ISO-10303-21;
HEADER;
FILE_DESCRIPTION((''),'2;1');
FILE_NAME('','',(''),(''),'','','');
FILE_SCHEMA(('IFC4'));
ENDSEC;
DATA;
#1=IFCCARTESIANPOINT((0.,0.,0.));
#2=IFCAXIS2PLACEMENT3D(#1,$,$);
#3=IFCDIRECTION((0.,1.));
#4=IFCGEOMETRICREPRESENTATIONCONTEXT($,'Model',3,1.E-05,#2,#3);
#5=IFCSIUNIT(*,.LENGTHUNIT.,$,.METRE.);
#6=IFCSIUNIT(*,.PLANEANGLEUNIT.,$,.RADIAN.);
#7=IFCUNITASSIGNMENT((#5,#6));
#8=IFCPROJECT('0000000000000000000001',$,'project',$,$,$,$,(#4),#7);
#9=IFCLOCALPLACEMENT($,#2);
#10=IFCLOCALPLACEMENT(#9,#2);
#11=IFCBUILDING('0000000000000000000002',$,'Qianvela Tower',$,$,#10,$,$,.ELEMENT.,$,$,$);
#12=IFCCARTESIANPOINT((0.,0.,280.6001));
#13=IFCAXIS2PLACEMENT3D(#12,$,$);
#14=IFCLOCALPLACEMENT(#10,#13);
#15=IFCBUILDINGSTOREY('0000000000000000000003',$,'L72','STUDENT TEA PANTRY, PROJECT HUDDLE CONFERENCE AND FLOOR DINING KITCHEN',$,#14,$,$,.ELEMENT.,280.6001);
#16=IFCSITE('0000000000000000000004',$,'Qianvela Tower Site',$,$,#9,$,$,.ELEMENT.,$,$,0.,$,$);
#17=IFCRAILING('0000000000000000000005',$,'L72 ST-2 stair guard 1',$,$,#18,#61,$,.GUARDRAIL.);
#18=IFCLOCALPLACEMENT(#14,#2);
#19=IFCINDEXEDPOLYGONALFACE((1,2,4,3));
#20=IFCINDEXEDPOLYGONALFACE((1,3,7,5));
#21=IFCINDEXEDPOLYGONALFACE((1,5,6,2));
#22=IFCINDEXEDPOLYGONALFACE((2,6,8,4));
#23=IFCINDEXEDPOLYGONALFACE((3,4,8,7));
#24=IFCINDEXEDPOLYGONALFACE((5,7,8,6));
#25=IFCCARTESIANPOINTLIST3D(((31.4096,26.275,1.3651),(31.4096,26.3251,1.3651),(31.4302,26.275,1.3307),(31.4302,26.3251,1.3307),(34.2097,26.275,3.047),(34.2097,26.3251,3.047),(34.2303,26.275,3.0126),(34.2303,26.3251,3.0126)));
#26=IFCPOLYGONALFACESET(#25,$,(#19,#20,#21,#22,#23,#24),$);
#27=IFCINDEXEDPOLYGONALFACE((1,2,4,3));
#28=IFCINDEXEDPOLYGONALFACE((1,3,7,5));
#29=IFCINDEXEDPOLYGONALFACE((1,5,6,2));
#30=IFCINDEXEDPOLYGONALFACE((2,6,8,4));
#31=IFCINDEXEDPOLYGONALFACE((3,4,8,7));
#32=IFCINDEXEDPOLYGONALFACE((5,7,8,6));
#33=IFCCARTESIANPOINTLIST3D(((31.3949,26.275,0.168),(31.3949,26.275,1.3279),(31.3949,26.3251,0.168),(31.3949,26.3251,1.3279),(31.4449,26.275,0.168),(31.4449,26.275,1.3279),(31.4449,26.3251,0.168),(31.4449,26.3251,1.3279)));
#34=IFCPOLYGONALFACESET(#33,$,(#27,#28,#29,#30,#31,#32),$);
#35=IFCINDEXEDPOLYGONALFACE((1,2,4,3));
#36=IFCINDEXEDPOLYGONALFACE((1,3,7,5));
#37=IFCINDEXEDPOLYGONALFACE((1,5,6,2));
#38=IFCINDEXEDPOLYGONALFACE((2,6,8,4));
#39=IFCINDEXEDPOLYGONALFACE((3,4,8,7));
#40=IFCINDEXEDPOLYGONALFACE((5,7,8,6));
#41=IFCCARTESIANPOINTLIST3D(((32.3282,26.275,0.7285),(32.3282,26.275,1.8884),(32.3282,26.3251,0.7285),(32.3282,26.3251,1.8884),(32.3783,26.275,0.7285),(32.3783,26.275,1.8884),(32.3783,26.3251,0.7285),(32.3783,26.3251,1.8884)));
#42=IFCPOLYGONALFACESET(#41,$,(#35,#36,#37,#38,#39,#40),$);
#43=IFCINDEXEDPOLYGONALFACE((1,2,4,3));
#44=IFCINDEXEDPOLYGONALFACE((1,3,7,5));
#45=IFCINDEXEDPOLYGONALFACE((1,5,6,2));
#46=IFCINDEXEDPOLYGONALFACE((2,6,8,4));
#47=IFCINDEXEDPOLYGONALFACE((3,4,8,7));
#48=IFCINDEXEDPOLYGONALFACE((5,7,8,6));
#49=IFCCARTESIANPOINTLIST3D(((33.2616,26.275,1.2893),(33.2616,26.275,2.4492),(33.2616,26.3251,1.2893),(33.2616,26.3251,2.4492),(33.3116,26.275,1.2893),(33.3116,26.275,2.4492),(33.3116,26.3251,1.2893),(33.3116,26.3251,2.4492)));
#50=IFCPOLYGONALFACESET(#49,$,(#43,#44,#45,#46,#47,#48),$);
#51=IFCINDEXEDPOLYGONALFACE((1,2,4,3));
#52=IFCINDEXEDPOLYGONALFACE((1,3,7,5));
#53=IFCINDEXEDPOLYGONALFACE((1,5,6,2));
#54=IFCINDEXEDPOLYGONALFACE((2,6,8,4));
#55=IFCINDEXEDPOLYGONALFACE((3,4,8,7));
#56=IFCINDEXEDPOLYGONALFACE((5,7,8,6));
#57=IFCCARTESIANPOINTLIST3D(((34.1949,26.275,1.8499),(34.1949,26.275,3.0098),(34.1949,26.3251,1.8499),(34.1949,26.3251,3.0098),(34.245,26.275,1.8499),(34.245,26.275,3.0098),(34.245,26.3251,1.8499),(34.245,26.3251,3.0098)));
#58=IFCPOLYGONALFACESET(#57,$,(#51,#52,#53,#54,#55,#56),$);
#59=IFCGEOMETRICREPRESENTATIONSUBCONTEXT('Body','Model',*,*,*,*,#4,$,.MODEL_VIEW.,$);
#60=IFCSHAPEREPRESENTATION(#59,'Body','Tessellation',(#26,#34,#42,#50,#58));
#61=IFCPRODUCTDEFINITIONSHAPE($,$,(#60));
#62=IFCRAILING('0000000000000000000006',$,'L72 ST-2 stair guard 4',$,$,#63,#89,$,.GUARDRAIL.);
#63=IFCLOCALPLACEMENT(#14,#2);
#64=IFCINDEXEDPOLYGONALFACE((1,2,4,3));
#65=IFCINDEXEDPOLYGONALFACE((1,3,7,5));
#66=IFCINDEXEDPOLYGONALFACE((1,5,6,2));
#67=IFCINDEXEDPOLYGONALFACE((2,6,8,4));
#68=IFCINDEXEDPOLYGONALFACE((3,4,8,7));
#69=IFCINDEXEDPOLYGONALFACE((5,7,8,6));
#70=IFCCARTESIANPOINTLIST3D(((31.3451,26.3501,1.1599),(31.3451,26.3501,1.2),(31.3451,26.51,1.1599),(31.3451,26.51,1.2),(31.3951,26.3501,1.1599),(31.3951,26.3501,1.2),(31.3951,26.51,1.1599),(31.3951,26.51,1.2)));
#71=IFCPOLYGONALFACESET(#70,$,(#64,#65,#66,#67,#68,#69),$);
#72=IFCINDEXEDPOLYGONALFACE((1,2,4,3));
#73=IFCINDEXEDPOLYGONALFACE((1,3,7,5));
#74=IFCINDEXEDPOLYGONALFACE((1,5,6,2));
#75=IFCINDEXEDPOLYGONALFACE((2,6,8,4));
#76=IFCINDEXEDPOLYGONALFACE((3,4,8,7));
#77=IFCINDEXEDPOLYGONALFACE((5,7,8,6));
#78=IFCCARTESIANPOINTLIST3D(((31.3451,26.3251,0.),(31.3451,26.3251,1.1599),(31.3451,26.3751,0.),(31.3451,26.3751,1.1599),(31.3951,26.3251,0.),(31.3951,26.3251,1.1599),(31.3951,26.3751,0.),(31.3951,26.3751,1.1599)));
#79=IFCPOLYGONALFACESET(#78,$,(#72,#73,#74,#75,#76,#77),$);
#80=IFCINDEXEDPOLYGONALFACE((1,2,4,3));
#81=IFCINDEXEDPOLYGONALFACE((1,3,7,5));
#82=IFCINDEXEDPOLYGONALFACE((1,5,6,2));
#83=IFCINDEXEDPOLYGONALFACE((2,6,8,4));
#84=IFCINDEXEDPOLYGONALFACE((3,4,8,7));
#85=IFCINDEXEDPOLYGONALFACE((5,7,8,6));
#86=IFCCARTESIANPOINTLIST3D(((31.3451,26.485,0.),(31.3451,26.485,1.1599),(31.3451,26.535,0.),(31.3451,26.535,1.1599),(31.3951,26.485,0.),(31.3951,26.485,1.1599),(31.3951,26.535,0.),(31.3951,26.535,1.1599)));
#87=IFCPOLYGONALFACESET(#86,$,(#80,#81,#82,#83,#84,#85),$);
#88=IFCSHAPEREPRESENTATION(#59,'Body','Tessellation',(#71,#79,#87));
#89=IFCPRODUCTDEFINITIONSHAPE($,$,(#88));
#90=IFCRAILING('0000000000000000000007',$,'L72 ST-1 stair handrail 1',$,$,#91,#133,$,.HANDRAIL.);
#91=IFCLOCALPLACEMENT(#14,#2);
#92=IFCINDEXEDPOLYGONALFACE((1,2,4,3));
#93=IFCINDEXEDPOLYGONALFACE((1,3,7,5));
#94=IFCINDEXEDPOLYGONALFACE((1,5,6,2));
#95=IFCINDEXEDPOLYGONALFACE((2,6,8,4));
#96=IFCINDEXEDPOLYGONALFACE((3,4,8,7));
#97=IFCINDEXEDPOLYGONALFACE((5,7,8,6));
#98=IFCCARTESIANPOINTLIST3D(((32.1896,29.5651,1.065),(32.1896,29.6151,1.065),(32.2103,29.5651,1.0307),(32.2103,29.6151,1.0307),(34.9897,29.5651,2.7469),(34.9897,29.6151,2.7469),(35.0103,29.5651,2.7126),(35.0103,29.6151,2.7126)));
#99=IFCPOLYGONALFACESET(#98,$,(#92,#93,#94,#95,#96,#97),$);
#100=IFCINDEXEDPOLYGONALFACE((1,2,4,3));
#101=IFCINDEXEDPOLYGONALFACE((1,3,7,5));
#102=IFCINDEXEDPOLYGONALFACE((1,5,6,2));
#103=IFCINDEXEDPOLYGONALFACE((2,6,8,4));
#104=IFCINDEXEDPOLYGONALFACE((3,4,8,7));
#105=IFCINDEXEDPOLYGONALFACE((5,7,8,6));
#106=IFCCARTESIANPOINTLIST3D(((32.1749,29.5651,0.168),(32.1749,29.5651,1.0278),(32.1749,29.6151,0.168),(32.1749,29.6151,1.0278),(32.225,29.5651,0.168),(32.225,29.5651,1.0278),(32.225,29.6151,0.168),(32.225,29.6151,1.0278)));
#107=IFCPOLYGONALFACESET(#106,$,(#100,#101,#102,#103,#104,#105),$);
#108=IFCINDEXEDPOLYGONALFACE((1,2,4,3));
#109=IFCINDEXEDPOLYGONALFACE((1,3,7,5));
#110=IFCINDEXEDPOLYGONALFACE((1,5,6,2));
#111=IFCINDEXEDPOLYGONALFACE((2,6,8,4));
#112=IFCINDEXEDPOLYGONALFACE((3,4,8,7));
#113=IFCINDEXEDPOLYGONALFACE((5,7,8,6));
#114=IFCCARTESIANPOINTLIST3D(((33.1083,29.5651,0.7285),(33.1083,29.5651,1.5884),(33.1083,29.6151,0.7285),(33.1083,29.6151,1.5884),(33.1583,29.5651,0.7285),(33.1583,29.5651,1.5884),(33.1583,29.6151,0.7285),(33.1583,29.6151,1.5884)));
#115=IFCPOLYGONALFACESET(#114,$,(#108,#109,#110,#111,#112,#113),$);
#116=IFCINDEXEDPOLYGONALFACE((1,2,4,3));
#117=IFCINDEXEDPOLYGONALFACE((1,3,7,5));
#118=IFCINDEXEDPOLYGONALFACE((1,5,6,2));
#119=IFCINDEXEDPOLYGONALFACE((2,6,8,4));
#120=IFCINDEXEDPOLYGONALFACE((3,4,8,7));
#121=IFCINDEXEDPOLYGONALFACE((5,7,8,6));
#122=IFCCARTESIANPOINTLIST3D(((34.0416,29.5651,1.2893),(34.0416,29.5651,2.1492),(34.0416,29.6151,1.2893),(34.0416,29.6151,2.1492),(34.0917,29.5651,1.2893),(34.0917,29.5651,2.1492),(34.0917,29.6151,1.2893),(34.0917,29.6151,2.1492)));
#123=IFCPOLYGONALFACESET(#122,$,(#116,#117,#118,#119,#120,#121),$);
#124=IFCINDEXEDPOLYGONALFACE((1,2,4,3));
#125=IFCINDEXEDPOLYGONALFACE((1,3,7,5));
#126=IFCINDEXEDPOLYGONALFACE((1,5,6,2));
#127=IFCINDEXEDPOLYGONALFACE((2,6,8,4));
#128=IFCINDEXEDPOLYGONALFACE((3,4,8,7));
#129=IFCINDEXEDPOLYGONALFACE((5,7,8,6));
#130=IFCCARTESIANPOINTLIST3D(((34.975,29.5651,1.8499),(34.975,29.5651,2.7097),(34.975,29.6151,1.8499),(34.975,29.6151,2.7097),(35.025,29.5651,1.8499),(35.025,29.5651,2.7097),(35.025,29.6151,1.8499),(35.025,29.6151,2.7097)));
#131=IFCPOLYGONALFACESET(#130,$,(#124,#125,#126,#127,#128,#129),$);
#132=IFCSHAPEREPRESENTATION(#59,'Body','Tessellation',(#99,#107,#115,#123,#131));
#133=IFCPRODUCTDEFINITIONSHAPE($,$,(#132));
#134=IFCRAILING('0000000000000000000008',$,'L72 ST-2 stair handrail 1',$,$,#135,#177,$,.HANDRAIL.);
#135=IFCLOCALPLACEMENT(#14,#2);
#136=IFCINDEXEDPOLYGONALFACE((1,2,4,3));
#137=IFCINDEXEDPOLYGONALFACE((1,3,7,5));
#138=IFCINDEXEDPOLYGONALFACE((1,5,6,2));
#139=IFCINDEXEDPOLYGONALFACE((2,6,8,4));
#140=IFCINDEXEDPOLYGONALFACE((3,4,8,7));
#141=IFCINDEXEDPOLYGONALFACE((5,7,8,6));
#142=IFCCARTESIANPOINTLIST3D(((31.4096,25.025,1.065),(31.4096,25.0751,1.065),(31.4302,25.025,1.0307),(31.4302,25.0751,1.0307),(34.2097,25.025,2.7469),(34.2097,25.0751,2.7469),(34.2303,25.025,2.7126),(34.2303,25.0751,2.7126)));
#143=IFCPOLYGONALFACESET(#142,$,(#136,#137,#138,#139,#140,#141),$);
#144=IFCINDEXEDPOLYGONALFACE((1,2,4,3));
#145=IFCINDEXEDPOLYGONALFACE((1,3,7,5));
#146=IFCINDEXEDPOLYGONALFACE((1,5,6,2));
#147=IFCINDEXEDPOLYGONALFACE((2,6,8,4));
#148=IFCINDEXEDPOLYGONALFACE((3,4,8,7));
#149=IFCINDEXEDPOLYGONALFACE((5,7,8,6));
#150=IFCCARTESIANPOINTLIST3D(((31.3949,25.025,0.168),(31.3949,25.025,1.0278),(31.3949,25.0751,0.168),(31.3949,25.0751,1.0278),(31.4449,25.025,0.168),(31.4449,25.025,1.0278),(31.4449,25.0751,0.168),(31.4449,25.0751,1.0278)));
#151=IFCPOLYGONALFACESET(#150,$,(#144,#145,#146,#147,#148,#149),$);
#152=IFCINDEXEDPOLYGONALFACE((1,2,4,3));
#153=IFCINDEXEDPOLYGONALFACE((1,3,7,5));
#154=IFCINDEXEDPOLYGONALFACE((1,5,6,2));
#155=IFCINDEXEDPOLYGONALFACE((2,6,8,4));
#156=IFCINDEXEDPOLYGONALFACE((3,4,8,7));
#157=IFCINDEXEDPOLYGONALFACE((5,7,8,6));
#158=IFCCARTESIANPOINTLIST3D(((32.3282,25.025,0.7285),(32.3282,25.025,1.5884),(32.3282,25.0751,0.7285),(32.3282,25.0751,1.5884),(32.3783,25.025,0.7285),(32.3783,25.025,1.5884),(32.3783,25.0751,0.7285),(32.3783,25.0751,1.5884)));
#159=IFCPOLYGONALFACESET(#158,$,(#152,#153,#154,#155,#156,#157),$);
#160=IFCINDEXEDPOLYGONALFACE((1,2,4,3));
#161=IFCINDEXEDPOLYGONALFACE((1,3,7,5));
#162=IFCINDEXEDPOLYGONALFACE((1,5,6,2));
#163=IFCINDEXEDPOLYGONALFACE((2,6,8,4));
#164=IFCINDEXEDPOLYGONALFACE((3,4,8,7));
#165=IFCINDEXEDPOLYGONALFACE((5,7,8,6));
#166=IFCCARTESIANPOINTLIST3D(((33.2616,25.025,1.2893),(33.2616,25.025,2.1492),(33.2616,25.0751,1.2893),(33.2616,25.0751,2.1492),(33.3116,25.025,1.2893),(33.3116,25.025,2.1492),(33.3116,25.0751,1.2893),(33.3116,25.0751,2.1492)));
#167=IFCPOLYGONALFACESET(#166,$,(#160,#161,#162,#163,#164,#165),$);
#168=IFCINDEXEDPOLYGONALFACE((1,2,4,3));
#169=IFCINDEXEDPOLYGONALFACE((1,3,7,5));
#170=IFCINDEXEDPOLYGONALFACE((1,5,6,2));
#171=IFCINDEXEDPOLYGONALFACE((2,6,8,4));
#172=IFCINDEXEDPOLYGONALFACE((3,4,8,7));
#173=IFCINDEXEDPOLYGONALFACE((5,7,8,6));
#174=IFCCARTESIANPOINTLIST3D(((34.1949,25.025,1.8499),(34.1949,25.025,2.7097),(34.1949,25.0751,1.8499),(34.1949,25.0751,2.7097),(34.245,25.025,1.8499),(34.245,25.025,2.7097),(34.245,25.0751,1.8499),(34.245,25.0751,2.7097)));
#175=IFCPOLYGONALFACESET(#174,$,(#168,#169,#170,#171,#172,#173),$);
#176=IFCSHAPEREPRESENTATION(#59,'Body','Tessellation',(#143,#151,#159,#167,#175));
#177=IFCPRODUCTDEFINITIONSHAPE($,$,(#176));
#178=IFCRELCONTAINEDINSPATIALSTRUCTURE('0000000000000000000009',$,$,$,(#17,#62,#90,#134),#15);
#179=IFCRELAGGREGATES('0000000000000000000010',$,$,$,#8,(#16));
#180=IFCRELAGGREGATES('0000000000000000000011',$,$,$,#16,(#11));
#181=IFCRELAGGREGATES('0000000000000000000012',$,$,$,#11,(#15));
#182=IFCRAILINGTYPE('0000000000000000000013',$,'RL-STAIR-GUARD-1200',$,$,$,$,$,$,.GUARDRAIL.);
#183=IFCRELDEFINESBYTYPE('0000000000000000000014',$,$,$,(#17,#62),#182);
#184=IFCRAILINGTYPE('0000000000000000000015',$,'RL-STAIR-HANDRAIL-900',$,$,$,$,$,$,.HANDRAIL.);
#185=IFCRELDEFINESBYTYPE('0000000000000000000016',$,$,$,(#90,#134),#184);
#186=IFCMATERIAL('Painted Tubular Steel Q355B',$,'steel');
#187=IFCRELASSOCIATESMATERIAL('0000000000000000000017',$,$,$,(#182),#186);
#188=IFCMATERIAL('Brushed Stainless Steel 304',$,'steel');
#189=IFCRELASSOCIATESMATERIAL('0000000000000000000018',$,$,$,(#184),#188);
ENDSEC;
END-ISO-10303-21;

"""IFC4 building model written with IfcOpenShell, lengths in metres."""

from ifc_helpers import new_model, si_unit, direction, frame, origin, origin_2d, place, context, subcontext, project, spatial, rectangle, extrude, material, type_object, element, save


model = new_model("IFC4")

# Units and contexts
model_context = context("Model", 3, precision=1e-05, world=origin(), true_north=direction((0.0, 1.0)))
body_context = subcontext(model_context, "Body", "Model", "MODEL_VIEW")
ifc_project = project(units=[si_unit("LENGTHUNIT", "METRE"), si_unit("PLANEANGLEUNIT", "RADIAN")], contexts=[model_context])

# Site, building, storey
site_placement = place(None, origin())
site = spatial("IfcSite", under=ifc_project, at=site_placement, Name="Qianvela Tower Site", CompositionType="ELEMENT", RefElevation=0.0)
building_placement = place(site_placement, origin())
building = spatial("IfcBuilding", under=site, at=building_placement, Name="Qianvela Tower", CompositionType="ELEMENT")
storey_placement = place(building_placement, frame((0.0, 0.0, 280.6001)))
storey = spatial("IfcBuildingStorey", under=building, at=storey_placement, Name="L72", Description="STUDENT TEA PANTRY, PROJECT HUDDLE CONFERENCE AND FLOOR DINING KITCHEN", CompositionType="ELEMENT", Elevation=280.6001)

# Railings
ifc_material_1 = material(Name="Painted Tubular Steel Q355B", Category="steel")
railing_type_1 = type_object("IfcRailingType", Name="RL-STAIR-GUARD-1200", PredefinedType="GUARDRAIL", material=ifc_material_1)
railing_1_placement = place(storey_placement, frame((31.4199, 26.3, 0.168)))
element("IfcRailing", 1, at=railing_1_placement, inside=storey, type_object=railing_type_1, Name="L72 ST-2 stair guard 1", PredefinedType="GUARDRAIL", context=body_context, shape_type="SweptSolid", body=[
    extrude(rectangle(XDim=0.05, YDim=0.04, at=origin_2d()), frame((0.0, 0.0, 1.1799), z_axis=(0.857242, 0.0, 0.514913), x_axis=(0.0, 1.0, 0.0)), (0.0, 0.0, 1.0), 3.2664),
    extrude(rectangle(XDim=0.05, YDim=0.05, at=origin_2d()), origin(), (0.0, 0.0, 1.0), 1.1599),
    extrude(rectangle(XDim=0.05, YDim=0.05, at=origin_2d()), frame((0.9333, 0.0, 0.5605)), (0.0, 0.0, 1.0), 1.1599),
    extrude(rectangle(XDim=0.05, YDim=0.05, at=origin_2d()), frame((1.8667, 0.0, 1.1213)), (0.0, 0.0, 1.0), 1.1599),
    extrude(rectangle(XDim=0.05, YDim=0.05, at=origin_2d()), frame((2.8, 0.0, 1.6819)), (0.0, 0.0, 1.0), 1.1599),
])
railing_2_placement = place(storey_placement, frame((31.3701, 26.3501, 0.0)))
element("IfcRailing", 2, at=railing_2_placement, inside=storey, type_object=railing_type_1, Name="L72 ST-2 stair guard 4", PredefinedType="GUARDRAIL", context=body_context, shape_type="SweptSolid", body=[
    extrude(rectangle(XDim=0.05, YDim=0.04, at=origin_2d()), frame((0.0, 0.0, 1.1799), z_axis=(0.0, 1.0, 0.0), x_axis=(-1.0, 0.0, 0.0)), (0.0, 0.0, 1.0), 0.1599),
    extrude(rectangle(XDim=0.05, YDim=0.05, at=origin_2d()), origin(), (0.0, 0.0, 1.0), 1.1599),
    extrude(rectangle(XDim=0.05, YDim=0.05, at=origin_2d()), frame((0.0, 0.1599, 0.0)), (0.0, 0.0, 1.0), 1.1599),
])
ifc_material_2 = material(Name="Brushed Stainless Steel 304", Category="steel")
railing_type_2 = type_object("IfcRailingType", Name="RL-STAIR-HANDRAIL-900", PredefinedType="HANDRAIL", material=ifc_material_2)
for number, where, name in (
    (3, (32.2, 29.5901, 0.168), "L72 ST-1 stair handrail 1"),
    (4, (31.4199, 25.05, 0.168), "L72 ST-2 stair handrail 1"),
):
    element("IfcRailing", number, at=place(storey_placement, frame(where)), inside=storey, type_object=railing_type_2, Name=name, PredefinedType="HANDRAIL", context=body_context, shape_type="SweptSolid", body=[
        extrude(rectangle(XDim=0.05, YDim=0.04, at=origin_2d()), frame((0.0, 0.0, 0.8799), z_axis=(0.857242, 0.0, 0.514913), x_axis=(0.0, 1.0, 0.0)), (0.0, 0.0, 1.0), 3.2664),
        extrude(rectangle(XDim=0.05, YDim=0.05, at=origin_2d()), origin(), (0.0, 0.0, 1.0), 0.8599),
        extrude(rectangle(XDim=0.05, YDim=0.05, at=origin_2d()), frame((0.9333, 0.0, 0.5605)), (0.0, 0.0, 1.0), 0.8599),
        extrude(rectangle(XDim=0.05, YDim=0.05, at=origin_2d()), frame((1.8667, 0.0, 1.1213)), (0.0, 0.0, 1.0), 0.8599),
        extrude(rectangle(XDim=0.05, YDim=0.05, at=origin_2d()), frame((2.8, 0.0, 1.6819)), (0.0, 0.0, 1.0), 0.8599),
    ])

save(model, "model.ifc")
